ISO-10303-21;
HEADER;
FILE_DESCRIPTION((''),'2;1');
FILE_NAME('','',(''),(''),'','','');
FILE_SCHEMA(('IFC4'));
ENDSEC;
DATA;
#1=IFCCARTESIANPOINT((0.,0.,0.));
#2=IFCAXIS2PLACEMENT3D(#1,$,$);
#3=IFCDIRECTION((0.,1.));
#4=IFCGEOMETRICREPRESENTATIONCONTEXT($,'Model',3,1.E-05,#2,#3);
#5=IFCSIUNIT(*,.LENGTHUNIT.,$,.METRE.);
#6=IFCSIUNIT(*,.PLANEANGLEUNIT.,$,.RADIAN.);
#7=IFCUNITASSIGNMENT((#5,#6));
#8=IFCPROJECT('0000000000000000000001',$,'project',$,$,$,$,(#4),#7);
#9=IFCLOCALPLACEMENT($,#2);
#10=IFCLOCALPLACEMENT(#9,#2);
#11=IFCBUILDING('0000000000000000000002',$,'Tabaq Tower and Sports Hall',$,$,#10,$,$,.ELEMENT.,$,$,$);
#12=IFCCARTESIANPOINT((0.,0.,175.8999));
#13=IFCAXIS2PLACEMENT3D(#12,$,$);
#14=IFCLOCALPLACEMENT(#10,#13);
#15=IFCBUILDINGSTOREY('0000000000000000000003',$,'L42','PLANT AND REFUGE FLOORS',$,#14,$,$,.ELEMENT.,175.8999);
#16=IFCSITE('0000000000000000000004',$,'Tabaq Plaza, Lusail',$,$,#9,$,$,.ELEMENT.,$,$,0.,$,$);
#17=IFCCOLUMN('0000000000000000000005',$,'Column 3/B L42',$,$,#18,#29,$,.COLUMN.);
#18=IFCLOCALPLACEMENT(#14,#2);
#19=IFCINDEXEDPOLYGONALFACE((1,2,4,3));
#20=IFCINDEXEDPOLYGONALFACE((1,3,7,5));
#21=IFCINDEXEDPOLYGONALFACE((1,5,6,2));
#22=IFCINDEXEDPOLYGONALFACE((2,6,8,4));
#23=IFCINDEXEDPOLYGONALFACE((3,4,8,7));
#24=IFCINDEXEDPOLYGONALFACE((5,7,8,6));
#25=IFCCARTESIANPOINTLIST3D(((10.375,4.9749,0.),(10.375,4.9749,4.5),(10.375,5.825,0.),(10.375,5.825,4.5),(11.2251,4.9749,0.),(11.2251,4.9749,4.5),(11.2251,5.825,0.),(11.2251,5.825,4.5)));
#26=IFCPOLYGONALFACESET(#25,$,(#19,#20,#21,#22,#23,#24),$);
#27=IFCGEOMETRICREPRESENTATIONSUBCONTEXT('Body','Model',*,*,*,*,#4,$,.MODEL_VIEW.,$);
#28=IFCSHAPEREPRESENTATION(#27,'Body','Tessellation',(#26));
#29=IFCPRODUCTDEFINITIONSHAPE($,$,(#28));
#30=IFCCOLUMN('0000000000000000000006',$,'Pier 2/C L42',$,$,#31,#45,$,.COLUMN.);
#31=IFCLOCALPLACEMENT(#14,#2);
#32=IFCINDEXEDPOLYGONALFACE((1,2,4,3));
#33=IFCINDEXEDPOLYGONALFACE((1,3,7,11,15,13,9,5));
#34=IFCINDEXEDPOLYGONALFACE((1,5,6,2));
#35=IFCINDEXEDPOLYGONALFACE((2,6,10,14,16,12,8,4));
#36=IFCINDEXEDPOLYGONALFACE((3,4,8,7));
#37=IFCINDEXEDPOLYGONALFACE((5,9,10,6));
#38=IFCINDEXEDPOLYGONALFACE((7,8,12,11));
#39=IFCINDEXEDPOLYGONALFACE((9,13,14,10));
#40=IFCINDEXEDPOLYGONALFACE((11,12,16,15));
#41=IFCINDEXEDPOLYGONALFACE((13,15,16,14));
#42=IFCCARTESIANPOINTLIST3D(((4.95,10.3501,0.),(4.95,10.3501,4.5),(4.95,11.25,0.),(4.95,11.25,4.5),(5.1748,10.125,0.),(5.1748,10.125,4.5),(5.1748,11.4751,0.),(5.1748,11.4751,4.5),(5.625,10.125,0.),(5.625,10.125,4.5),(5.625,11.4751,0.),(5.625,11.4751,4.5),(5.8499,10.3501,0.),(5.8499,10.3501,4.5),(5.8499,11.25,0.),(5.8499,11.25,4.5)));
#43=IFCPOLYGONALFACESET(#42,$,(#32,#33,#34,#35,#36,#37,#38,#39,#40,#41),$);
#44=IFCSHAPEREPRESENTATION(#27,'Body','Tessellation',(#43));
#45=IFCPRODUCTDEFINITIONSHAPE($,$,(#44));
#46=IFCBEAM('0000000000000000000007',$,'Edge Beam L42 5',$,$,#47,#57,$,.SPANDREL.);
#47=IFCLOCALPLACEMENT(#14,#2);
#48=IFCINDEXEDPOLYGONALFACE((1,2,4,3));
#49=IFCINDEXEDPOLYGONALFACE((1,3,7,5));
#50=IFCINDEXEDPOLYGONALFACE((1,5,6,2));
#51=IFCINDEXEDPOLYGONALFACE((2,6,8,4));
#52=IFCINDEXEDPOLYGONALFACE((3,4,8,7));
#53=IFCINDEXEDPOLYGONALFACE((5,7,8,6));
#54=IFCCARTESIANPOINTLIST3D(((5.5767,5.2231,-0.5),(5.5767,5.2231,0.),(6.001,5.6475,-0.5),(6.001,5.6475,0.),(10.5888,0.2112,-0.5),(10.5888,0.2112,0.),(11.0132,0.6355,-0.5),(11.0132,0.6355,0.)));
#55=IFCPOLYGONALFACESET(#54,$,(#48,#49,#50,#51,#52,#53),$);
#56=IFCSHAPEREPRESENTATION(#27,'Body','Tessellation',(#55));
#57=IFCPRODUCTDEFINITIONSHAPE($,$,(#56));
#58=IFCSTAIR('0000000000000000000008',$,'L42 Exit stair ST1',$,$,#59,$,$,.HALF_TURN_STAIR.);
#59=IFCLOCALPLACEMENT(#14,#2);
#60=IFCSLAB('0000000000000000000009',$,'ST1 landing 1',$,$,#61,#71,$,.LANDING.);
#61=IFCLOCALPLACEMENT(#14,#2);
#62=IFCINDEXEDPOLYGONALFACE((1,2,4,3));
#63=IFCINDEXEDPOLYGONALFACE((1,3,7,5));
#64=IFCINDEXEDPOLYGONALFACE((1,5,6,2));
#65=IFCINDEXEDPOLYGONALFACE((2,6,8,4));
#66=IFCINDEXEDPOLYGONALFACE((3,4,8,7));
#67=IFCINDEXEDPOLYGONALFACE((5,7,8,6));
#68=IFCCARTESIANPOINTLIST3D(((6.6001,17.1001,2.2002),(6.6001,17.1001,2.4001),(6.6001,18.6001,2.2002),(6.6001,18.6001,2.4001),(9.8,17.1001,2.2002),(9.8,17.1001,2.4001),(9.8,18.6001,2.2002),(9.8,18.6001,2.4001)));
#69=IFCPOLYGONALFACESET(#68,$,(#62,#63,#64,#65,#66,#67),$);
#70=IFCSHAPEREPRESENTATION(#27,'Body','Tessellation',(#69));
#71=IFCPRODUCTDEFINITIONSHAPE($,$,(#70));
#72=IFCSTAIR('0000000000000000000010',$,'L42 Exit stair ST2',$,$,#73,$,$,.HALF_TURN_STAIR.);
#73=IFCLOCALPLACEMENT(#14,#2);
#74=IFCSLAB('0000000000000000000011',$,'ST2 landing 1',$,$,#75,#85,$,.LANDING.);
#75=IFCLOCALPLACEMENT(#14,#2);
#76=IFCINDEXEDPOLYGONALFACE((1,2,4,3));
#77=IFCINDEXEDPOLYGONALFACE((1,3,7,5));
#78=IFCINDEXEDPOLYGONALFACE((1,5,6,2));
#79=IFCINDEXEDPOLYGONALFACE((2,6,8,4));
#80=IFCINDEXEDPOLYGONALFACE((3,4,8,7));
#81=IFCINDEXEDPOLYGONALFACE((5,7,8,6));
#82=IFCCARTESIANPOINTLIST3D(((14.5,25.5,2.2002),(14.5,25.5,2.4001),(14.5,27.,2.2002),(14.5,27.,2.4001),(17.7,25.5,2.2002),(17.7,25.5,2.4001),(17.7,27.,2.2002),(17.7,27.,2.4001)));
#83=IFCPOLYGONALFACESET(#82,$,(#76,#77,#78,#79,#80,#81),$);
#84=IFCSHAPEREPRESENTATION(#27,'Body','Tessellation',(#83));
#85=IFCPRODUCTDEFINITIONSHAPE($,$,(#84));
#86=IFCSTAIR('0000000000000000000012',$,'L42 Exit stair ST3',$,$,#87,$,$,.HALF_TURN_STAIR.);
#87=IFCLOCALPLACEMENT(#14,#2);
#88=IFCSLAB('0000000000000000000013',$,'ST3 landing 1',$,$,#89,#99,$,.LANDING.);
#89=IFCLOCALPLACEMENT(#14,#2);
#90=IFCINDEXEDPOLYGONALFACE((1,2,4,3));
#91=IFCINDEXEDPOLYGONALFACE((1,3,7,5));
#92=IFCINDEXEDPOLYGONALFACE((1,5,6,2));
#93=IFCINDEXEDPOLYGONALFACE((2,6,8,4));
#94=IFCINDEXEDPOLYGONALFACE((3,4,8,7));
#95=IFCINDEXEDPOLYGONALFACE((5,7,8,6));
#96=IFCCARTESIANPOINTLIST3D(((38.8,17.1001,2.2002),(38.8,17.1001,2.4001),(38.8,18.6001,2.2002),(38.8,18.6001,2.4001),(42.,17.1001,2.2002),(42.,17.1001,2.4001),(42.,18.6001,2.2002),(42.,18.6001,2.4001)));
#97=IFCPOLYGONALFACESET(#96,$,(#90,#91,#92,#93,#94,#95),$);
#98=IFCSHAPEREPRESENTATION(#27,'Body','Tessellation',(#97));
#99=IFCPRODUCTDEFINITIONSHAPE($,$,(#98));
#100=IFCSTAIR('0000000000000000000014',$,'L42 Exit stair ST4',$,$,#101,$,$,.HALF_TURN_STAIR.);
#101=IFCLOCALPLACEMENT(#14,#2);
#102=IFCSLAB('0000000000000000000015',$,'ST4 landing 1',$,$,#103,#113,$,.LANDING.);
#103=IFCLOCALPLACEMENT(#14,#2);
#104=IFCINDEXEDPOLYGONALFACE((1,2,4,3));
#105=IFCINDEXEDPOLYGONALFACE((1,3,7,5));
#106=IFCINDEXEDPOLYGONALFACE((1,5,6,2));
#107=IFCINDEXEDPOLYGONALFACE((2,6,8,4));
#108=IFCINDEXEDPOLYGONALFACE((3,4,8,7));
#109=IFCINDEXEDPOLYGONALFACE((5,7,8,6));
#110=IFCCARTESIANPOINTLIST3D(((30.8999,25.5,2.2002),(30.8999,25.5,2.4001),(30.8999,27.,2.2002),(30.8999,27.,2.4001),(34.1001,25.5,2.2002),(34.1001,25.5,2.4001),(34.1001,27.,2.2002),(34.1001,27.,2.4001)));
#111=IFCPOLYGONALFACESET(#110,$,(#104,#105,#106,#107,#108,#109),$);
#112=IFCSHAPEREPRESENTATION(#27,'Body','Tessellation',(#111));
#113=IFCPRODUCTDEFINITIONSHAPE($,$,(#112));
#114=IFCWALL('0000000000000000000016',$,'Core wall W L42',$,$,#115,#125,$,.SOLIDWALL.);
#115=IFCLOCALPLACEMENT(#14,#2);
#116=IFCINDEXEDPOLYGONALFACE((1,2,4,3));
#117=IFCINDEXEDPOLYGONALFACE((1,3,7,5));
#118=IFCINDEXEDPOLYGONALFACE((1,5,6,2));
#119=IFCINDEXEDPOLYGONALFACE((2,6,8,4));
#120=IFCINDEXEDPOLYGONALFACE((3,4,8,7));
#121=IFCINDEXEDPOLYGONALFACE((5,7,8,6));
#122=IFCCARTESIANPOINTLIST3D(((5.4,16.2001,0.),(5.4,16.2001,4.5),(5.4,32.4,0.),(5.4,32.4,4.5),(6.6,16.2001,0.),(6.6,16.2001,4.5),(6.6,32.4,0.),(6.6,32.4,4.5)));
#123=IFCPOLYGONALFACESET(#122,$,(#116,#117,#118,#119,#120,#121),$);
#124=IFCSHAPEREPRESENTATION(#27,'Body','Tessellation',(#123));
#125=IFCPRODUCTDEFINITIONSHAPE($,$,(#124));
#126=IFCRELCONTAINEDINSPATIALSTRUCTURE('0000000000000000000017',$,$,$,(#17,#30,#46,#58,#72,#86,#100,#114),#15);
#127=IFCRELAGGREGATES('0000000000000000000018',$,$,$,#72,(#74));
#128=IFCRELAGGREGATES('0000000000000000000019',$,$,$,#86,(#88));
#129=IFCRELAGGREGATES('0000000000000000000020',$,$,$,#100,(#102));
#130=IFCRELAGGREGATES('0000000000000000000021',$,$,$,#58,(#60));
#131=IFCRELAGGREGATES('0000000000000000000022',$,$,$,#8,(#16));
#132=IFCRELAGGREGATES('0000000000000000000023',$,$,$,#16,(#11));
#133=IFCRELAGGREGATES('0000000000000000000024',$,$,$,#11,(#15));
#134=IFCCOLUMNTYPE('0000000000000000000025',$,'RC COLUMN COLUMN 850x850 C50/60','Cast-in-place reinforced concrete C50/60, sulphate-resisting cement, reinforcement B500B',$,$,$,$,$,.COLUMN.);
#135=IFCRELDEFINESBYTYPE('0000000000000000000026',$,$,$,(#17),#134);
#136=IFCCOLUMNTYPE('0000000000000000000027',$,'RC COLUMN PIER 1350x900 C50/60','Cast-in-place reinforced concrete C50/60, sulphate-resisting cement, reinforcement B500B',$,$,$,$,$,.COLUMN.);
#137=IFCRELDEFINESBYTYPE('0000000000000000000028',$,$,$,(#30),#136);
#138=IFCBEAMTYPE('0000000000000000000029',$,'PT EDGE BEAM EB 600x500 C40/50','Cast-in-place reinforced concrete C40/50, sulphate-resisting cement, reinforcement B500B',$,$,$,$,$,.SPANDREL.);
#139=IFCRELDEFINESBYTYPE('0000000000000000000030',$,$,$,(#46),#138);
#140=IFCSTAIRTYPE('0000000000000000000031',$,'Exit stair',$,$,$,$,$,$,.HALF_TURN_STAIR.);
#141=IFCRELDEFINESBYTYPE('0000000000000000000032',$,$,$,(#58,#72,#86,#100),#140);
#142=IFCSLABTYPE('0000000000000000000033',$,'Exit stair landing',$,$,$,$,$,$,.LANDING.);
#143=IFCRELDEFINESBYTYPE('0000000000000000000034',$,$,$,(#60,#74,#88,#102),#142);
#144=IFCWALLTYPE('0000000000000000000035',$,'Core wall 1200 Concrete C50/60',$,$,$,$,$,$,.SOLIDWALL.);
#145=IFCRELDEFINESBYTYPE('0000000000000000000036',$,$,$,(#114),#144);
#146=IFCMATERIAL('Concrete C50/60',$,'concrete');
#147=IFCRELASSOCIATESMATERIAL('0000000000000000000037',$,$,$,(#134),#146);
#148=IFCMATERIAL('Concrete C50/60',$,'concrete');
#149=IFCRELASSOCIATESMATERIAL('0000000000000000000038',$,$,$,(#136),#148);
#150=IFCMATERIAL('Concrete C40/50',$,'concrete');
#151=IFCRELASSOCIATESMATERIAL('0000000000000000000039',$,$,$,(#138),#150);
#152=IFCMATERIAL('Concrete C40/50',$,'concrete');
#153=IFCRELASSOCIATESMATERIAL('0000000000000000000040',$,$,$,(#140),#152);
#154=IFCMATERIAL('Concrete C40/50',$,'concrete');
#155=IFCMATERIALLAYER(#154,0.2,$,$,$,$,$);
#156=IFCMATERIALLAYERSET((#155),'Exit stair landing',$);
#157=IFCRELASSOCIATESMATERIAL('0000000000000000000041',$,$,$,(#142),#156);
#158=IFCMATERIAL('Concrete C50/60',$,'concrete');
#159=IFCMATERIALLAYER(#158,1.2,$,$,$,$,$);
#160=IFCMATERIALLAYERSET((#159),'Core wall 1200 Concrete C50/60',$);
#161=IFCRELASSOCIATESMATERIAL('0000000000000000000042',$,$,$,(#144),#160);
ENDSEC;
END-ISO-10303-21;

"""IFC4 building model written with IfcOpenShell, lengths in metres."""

from ifc_helpers import new_model, si_unit, direction, frame, frame_2d, origin, origin_2d, place, context, subcontext, project, spatial, polyline, rectangle, outline, extrude, material, layer, layer_set, material_profile, profile_set, type_object, element, aggregate, save


model = new_model("IFC4")

# Units and contexts
model_context = context("Model", 3, precision=1e-05, world=origin(), true_north=direction((0.0, 1.0)))
body_context = subcontext(model_context, "Body", "Model", "MODEL_VIEW")
ifc_project = project(units=[si_unit("LENGTHUNIT", "METRE"), si_unit("PLANEANGLEUNIT", "RADIAN")], contexts=[model_context])

# Site, building, storey
site_placement = place(None, origin())
site = spatial("IfcSite", under=ifc_project, at=site_placement, Name="Tabaq Plaza, Lusail", CompositionType="ELEMENT", RefElevation=0.0)
building_placement = place(site_placement, origin())
building = spatial("IfcBuilding", under=site, at=building_placement, Name="Tabaq Tower and Sports Hall", CompositionType="ELEMENT")
storey_placement = place(building_placement, frame((0.0, 0.0, 175.8999)))
storey = spatial("IfcBuildingStorey", under=building, at=storey_placement, Name="L42", Description="PLANT AND REFUGE FLOORS", CompositionType="ELEMENT", Elevation=175.8999)

# Columns
ifc_material_1 = material(Name="Concrete C50/60", Category="concrete")
ifc_material_profile_1 = material_profile(ifc_material_1, rectangle(XDim=0.8501, YDim=0.8501, at=origin_2d()), Name="COLUMN 850x850")
ifc_profile_set_1 = profile_set([ifc_material_profile_1], Name="Concrete C50/60")
column_type_1 = type_object("IfcColumnType", Name="RC COLUMN COLUMN 850x850 C50/60", Description="Cast-in-place reinforced concrete C50/60, sulphate-resisting cement, reinforcement B500B", PredefinedType="COLUMN", material=ifc_profile_set_1)
column_1_placement = place(storey_placement, frame((10.8, 5.3999, 0.0), z_axis=(0.0, 0.0, 1.0), x_axis=(1.0, 0.0, 0.0)))
element("IfcColumn", 1, at=column_1_placement, inside=storey, type_object=column_type_1, Name="Column 3/B L42", PredefinedType="COLUMN", context=body_context, shape_type="SweptSolid", body=[
    extrude(rectangle(XDim=0.8501, YDim=0.8501, at=origin_2d()), origin(), (0.0, 0.0, 1.0), 4.5),
])
ifc_material_2 = material(Name="Concrete C50/60", Category="concrete")
ifc_material_profile_2 = material_profile(ifc_material_2, outline(polyline([(-0.45, -0.45), (0.45, -0.45), (0.675, -0.2251), (0.675, 0.2251), (0.45, 0.45), (-0.45, 0.45), (-0.675, 0.2251), (-0.675, -0.2251), (-0.45, -0.45)])), Name="PIER 1350x900")
ifc_profile_set_2 = profile_set([ifc_material_profile_2], Name="Concrete C50/60")
column_type_2 = type_object("IfcColumnType", Name="RC COLUMN PIER 1350x900 C50/60", Description="Cast-in-place reinforced concrete C50/60, sulphate-resisting cement, reinforcement B500B", PredefinedType="COLUMN", material=ifc_profile_set_2)
column_2_placement = place(storey_placement, frame((5.3999, 10.8, 0.0), z_axis=(0.0, 0.0, 1.0), x_axis=(0.0, 1.0, 0.0)))
element("IfcColumn", 2, at=column_2_placement, inside=storey, type_object=column_type_2, Name="Pier 2/C L42", PredefinedType="COLUMN", context=body_context, shape_type="SweptSolid", body=[
    extrude(outline(polyline([(-0.45, -0.45), (0.45, -0.45), (0.675, -0.2251), (0.675, 0.2251), (0.45, 0.45), (-0.45, 0.45), (-0.675, 0.2251), (-0.675, -0.2251), (-0.45, -0.45)])), origin(), (0.0, 0.0, 1.0), 4.5),
])

# Beam
ifc_material_3 = material(Name="Concrete C40/50", Category="concrete")
ifc_material_profile_3 = material_profile(ifc_material_3, rectangle(XDim=0.6001, YDim=0.5, at=origin_2d()), Name="EB 600x500")
ifc_profile_set_3 = profile_set([ifc_material_profile_3], Name="Concrete C40/50")
beam_type = type_object("IfcBeamType", Name="PT EDGE BEAM EB 600x500 C40/50", Description="Cast-in-place reinforced concrete C40/50, sulphate-resisting cement, reinforcement B500B", PredefinedType="SPANDREL", material=ifc_profile_set_3)
beam_placement = place(storey_placement, frame((5.7888, 5.4353, -0.25), z_axis=(0.707124, -0.70709, 0.0), x_axis=(0.70709, 0.707124, 0.0)))
element("IfcBeam", 3, at=beam_placement, inside=storey, type_object=beam_type, Name="Edge Beam L42 5", PredefinedType="SPANDREL", context=body_context, shape_type="SweptSolid", body=[
    extrude(rectangle(XDim=0.6001, YDim=0.5, at=origin_2d()), origin(), (0.0, 0.0, 1.0), 7.0881),
])

# Stairs, slabs
ifc_material_4 = material(Name="Concrete C40/50", Category="concrete")
stair_type = type_object("IfcStairType", Name="Exit stair", PredefinedType="HALF_TURN_STAIR", material=ifc_material_4)
stair_1_placement = place(storey_placement, origin())
stair_1 = element("IfcStair", 4, at=stair_1_placement, inside=storey, type_object=stair_type, Name="L42 Exit stair ST1", PredefinedType="HALF_TURN_STAIR")
ifc_material_5 = material(Name="Concrete C40/50", Category="concrete")
ifc_layer_1 = layer(ifc_material_5, 0.2)
ifc_layer_set_1 = layer_set([ifc_layer_1], Name="Exit stair landing")
slab_type = type_object("IfcSlabType", Name="Exit stair landing", PredefinedType="LANDING", material=ifc_layer_set_1)
slab_1_placement = place(storey_placement, frame((0.0, 0.0, 2.2002)))
slab_1 = element("IfcSlab", 5, at=slab_1_placement, type_object=slab_type, Name="ST1 landing 1", PredefinedType="LANDING", context=body_context, shape_type="SweptSolid", body=[
    extrude(outline(polyline([(6.6001, 18.6001), (6.6001, 17.1001), (9.8, 17.1001), (9.8, 18.6001), (6.6001, 18.6001)])), origin(), (0.0, 0.0, 1.0), 0.2),
])
stair_2_placement = place(storey_placement, origin())
stair_2 = element("IfcStair", 6, at=stair_2_placement, inside=storey, type_object=stair_type, Name="L42 Exit stair ST2", PredefinedType="HALF_TURN_STAIR")
slab_2_placement = place(storey_placement, frame((0.0, 0.0, 2.2002)))
slab_2 = element("IfcSlab", 7, at=slab_2_placement, type_object=slab_type, Name="ST2 landing 1", PredefinedType="LANDING", context=body_context, shape_type="SweptSolid", body=[
    extrude(outline(polyline([(14.5, 27.0), (14.5, 25.5), (17.7, 25.5), (17.7, 27.0), (14.5, 27.0)])), origin(), (0.0, 0.0, 1.0), 0.2),
])
aggregate(stair_2, [slab_2])
stair_3_placement = place(storey_placement, origin())
stair_3 = element("IfcStair", 8, at=stair_3_placement, inside=storey, type_object=stair_type, Name="L42 Exit stair ST3", PredefinedType="HALF_TURN_STAIR")
slab_3_placement = place(storey_placement, frame((0.0, 0.0, 2.2002)))
slab_3 = element("IfcSlab", 9, at=slab_3_placement, type_object=slab_type, Name="ST3 landing 1", PredefinedType="LANDING", context=body_context, shape_type="SweptSolid", body=[
    extrude(outline(polyline([(38.8, 18.6001), (38.8, 17.1001), (42.0, 17.1001), (42.0, 18.6001), (38.8, 18.6001)])), origin(), (0.0, 0.0, 1.0), 0.2),
])
aggregate(stair_3, [slab_3])
stair_4_placement = place(storey_placement, origin())
stair_4 = element("IfcStair", 10, at=stair_4_placement, inside=storey, type_object=stair_type, Name="L42 Exit stair ST4", PredefinedType="HALF_TURN_STAIR")
slab_4_placement = place(storey_placement, frame((0.0, 0.0, 2.2002)))
slab_4 = element("IfcSlab", 11, at=slab_4_placement, type_object=slab_type, Name="ST4 landing 1", PredefinedType="LANDING", context=body_context, shape_type="SweptSolid", body=[
    extrude(outline(polyline([(30.8999, 27.0), (30.8999, 25.5), (34.1001, 25.5), (34.1001, 27.0), (30.8999, 27.0)])), origin(), (0.0, 0.0, 1.0), 0.2),
])
aggregate(stair_4, [slab_4])

# Wall
ifc_material_6 = material(Name="Concrete C50/60", Category="concrete")
ifc_layer_2 = layer(ifc_material_6, 1.2)
ifc_layer_set_2 = layer_set([ifc_layer_2], Name="Core wall 1200 Concrete C50/60")
wall_type_1 = type_object("IfcWallType", Name="Core wall 1200 Concrete C50/60", PredefinedType="SOLIDWALL", material=ifc_layer_set_2)
wall_1_placement = place(storey_placement, frame((6.0, 16.2, 0.0), z_axis=(0.0, 0.0, 1.0), x_axis=(0.0, 1.0, 0.0)))
element("IfcWall", 12, at=wall_1_placement, inside=storey, type_object=wall_type_1, Name="Core wall W L42", PredefinedType="SOLIDWALL", context=body_context, shape_type="SweptSolid", body=[
    extrude(rectangle(XDim=16.2, YDim=1.2, at=frame_2d((8.1001, 0.0))), origin(), (0.0, 0.0, 1.0), 4.5),
])

aggregate(stair_1, [slab_1])

save(model, "model.ifc")
